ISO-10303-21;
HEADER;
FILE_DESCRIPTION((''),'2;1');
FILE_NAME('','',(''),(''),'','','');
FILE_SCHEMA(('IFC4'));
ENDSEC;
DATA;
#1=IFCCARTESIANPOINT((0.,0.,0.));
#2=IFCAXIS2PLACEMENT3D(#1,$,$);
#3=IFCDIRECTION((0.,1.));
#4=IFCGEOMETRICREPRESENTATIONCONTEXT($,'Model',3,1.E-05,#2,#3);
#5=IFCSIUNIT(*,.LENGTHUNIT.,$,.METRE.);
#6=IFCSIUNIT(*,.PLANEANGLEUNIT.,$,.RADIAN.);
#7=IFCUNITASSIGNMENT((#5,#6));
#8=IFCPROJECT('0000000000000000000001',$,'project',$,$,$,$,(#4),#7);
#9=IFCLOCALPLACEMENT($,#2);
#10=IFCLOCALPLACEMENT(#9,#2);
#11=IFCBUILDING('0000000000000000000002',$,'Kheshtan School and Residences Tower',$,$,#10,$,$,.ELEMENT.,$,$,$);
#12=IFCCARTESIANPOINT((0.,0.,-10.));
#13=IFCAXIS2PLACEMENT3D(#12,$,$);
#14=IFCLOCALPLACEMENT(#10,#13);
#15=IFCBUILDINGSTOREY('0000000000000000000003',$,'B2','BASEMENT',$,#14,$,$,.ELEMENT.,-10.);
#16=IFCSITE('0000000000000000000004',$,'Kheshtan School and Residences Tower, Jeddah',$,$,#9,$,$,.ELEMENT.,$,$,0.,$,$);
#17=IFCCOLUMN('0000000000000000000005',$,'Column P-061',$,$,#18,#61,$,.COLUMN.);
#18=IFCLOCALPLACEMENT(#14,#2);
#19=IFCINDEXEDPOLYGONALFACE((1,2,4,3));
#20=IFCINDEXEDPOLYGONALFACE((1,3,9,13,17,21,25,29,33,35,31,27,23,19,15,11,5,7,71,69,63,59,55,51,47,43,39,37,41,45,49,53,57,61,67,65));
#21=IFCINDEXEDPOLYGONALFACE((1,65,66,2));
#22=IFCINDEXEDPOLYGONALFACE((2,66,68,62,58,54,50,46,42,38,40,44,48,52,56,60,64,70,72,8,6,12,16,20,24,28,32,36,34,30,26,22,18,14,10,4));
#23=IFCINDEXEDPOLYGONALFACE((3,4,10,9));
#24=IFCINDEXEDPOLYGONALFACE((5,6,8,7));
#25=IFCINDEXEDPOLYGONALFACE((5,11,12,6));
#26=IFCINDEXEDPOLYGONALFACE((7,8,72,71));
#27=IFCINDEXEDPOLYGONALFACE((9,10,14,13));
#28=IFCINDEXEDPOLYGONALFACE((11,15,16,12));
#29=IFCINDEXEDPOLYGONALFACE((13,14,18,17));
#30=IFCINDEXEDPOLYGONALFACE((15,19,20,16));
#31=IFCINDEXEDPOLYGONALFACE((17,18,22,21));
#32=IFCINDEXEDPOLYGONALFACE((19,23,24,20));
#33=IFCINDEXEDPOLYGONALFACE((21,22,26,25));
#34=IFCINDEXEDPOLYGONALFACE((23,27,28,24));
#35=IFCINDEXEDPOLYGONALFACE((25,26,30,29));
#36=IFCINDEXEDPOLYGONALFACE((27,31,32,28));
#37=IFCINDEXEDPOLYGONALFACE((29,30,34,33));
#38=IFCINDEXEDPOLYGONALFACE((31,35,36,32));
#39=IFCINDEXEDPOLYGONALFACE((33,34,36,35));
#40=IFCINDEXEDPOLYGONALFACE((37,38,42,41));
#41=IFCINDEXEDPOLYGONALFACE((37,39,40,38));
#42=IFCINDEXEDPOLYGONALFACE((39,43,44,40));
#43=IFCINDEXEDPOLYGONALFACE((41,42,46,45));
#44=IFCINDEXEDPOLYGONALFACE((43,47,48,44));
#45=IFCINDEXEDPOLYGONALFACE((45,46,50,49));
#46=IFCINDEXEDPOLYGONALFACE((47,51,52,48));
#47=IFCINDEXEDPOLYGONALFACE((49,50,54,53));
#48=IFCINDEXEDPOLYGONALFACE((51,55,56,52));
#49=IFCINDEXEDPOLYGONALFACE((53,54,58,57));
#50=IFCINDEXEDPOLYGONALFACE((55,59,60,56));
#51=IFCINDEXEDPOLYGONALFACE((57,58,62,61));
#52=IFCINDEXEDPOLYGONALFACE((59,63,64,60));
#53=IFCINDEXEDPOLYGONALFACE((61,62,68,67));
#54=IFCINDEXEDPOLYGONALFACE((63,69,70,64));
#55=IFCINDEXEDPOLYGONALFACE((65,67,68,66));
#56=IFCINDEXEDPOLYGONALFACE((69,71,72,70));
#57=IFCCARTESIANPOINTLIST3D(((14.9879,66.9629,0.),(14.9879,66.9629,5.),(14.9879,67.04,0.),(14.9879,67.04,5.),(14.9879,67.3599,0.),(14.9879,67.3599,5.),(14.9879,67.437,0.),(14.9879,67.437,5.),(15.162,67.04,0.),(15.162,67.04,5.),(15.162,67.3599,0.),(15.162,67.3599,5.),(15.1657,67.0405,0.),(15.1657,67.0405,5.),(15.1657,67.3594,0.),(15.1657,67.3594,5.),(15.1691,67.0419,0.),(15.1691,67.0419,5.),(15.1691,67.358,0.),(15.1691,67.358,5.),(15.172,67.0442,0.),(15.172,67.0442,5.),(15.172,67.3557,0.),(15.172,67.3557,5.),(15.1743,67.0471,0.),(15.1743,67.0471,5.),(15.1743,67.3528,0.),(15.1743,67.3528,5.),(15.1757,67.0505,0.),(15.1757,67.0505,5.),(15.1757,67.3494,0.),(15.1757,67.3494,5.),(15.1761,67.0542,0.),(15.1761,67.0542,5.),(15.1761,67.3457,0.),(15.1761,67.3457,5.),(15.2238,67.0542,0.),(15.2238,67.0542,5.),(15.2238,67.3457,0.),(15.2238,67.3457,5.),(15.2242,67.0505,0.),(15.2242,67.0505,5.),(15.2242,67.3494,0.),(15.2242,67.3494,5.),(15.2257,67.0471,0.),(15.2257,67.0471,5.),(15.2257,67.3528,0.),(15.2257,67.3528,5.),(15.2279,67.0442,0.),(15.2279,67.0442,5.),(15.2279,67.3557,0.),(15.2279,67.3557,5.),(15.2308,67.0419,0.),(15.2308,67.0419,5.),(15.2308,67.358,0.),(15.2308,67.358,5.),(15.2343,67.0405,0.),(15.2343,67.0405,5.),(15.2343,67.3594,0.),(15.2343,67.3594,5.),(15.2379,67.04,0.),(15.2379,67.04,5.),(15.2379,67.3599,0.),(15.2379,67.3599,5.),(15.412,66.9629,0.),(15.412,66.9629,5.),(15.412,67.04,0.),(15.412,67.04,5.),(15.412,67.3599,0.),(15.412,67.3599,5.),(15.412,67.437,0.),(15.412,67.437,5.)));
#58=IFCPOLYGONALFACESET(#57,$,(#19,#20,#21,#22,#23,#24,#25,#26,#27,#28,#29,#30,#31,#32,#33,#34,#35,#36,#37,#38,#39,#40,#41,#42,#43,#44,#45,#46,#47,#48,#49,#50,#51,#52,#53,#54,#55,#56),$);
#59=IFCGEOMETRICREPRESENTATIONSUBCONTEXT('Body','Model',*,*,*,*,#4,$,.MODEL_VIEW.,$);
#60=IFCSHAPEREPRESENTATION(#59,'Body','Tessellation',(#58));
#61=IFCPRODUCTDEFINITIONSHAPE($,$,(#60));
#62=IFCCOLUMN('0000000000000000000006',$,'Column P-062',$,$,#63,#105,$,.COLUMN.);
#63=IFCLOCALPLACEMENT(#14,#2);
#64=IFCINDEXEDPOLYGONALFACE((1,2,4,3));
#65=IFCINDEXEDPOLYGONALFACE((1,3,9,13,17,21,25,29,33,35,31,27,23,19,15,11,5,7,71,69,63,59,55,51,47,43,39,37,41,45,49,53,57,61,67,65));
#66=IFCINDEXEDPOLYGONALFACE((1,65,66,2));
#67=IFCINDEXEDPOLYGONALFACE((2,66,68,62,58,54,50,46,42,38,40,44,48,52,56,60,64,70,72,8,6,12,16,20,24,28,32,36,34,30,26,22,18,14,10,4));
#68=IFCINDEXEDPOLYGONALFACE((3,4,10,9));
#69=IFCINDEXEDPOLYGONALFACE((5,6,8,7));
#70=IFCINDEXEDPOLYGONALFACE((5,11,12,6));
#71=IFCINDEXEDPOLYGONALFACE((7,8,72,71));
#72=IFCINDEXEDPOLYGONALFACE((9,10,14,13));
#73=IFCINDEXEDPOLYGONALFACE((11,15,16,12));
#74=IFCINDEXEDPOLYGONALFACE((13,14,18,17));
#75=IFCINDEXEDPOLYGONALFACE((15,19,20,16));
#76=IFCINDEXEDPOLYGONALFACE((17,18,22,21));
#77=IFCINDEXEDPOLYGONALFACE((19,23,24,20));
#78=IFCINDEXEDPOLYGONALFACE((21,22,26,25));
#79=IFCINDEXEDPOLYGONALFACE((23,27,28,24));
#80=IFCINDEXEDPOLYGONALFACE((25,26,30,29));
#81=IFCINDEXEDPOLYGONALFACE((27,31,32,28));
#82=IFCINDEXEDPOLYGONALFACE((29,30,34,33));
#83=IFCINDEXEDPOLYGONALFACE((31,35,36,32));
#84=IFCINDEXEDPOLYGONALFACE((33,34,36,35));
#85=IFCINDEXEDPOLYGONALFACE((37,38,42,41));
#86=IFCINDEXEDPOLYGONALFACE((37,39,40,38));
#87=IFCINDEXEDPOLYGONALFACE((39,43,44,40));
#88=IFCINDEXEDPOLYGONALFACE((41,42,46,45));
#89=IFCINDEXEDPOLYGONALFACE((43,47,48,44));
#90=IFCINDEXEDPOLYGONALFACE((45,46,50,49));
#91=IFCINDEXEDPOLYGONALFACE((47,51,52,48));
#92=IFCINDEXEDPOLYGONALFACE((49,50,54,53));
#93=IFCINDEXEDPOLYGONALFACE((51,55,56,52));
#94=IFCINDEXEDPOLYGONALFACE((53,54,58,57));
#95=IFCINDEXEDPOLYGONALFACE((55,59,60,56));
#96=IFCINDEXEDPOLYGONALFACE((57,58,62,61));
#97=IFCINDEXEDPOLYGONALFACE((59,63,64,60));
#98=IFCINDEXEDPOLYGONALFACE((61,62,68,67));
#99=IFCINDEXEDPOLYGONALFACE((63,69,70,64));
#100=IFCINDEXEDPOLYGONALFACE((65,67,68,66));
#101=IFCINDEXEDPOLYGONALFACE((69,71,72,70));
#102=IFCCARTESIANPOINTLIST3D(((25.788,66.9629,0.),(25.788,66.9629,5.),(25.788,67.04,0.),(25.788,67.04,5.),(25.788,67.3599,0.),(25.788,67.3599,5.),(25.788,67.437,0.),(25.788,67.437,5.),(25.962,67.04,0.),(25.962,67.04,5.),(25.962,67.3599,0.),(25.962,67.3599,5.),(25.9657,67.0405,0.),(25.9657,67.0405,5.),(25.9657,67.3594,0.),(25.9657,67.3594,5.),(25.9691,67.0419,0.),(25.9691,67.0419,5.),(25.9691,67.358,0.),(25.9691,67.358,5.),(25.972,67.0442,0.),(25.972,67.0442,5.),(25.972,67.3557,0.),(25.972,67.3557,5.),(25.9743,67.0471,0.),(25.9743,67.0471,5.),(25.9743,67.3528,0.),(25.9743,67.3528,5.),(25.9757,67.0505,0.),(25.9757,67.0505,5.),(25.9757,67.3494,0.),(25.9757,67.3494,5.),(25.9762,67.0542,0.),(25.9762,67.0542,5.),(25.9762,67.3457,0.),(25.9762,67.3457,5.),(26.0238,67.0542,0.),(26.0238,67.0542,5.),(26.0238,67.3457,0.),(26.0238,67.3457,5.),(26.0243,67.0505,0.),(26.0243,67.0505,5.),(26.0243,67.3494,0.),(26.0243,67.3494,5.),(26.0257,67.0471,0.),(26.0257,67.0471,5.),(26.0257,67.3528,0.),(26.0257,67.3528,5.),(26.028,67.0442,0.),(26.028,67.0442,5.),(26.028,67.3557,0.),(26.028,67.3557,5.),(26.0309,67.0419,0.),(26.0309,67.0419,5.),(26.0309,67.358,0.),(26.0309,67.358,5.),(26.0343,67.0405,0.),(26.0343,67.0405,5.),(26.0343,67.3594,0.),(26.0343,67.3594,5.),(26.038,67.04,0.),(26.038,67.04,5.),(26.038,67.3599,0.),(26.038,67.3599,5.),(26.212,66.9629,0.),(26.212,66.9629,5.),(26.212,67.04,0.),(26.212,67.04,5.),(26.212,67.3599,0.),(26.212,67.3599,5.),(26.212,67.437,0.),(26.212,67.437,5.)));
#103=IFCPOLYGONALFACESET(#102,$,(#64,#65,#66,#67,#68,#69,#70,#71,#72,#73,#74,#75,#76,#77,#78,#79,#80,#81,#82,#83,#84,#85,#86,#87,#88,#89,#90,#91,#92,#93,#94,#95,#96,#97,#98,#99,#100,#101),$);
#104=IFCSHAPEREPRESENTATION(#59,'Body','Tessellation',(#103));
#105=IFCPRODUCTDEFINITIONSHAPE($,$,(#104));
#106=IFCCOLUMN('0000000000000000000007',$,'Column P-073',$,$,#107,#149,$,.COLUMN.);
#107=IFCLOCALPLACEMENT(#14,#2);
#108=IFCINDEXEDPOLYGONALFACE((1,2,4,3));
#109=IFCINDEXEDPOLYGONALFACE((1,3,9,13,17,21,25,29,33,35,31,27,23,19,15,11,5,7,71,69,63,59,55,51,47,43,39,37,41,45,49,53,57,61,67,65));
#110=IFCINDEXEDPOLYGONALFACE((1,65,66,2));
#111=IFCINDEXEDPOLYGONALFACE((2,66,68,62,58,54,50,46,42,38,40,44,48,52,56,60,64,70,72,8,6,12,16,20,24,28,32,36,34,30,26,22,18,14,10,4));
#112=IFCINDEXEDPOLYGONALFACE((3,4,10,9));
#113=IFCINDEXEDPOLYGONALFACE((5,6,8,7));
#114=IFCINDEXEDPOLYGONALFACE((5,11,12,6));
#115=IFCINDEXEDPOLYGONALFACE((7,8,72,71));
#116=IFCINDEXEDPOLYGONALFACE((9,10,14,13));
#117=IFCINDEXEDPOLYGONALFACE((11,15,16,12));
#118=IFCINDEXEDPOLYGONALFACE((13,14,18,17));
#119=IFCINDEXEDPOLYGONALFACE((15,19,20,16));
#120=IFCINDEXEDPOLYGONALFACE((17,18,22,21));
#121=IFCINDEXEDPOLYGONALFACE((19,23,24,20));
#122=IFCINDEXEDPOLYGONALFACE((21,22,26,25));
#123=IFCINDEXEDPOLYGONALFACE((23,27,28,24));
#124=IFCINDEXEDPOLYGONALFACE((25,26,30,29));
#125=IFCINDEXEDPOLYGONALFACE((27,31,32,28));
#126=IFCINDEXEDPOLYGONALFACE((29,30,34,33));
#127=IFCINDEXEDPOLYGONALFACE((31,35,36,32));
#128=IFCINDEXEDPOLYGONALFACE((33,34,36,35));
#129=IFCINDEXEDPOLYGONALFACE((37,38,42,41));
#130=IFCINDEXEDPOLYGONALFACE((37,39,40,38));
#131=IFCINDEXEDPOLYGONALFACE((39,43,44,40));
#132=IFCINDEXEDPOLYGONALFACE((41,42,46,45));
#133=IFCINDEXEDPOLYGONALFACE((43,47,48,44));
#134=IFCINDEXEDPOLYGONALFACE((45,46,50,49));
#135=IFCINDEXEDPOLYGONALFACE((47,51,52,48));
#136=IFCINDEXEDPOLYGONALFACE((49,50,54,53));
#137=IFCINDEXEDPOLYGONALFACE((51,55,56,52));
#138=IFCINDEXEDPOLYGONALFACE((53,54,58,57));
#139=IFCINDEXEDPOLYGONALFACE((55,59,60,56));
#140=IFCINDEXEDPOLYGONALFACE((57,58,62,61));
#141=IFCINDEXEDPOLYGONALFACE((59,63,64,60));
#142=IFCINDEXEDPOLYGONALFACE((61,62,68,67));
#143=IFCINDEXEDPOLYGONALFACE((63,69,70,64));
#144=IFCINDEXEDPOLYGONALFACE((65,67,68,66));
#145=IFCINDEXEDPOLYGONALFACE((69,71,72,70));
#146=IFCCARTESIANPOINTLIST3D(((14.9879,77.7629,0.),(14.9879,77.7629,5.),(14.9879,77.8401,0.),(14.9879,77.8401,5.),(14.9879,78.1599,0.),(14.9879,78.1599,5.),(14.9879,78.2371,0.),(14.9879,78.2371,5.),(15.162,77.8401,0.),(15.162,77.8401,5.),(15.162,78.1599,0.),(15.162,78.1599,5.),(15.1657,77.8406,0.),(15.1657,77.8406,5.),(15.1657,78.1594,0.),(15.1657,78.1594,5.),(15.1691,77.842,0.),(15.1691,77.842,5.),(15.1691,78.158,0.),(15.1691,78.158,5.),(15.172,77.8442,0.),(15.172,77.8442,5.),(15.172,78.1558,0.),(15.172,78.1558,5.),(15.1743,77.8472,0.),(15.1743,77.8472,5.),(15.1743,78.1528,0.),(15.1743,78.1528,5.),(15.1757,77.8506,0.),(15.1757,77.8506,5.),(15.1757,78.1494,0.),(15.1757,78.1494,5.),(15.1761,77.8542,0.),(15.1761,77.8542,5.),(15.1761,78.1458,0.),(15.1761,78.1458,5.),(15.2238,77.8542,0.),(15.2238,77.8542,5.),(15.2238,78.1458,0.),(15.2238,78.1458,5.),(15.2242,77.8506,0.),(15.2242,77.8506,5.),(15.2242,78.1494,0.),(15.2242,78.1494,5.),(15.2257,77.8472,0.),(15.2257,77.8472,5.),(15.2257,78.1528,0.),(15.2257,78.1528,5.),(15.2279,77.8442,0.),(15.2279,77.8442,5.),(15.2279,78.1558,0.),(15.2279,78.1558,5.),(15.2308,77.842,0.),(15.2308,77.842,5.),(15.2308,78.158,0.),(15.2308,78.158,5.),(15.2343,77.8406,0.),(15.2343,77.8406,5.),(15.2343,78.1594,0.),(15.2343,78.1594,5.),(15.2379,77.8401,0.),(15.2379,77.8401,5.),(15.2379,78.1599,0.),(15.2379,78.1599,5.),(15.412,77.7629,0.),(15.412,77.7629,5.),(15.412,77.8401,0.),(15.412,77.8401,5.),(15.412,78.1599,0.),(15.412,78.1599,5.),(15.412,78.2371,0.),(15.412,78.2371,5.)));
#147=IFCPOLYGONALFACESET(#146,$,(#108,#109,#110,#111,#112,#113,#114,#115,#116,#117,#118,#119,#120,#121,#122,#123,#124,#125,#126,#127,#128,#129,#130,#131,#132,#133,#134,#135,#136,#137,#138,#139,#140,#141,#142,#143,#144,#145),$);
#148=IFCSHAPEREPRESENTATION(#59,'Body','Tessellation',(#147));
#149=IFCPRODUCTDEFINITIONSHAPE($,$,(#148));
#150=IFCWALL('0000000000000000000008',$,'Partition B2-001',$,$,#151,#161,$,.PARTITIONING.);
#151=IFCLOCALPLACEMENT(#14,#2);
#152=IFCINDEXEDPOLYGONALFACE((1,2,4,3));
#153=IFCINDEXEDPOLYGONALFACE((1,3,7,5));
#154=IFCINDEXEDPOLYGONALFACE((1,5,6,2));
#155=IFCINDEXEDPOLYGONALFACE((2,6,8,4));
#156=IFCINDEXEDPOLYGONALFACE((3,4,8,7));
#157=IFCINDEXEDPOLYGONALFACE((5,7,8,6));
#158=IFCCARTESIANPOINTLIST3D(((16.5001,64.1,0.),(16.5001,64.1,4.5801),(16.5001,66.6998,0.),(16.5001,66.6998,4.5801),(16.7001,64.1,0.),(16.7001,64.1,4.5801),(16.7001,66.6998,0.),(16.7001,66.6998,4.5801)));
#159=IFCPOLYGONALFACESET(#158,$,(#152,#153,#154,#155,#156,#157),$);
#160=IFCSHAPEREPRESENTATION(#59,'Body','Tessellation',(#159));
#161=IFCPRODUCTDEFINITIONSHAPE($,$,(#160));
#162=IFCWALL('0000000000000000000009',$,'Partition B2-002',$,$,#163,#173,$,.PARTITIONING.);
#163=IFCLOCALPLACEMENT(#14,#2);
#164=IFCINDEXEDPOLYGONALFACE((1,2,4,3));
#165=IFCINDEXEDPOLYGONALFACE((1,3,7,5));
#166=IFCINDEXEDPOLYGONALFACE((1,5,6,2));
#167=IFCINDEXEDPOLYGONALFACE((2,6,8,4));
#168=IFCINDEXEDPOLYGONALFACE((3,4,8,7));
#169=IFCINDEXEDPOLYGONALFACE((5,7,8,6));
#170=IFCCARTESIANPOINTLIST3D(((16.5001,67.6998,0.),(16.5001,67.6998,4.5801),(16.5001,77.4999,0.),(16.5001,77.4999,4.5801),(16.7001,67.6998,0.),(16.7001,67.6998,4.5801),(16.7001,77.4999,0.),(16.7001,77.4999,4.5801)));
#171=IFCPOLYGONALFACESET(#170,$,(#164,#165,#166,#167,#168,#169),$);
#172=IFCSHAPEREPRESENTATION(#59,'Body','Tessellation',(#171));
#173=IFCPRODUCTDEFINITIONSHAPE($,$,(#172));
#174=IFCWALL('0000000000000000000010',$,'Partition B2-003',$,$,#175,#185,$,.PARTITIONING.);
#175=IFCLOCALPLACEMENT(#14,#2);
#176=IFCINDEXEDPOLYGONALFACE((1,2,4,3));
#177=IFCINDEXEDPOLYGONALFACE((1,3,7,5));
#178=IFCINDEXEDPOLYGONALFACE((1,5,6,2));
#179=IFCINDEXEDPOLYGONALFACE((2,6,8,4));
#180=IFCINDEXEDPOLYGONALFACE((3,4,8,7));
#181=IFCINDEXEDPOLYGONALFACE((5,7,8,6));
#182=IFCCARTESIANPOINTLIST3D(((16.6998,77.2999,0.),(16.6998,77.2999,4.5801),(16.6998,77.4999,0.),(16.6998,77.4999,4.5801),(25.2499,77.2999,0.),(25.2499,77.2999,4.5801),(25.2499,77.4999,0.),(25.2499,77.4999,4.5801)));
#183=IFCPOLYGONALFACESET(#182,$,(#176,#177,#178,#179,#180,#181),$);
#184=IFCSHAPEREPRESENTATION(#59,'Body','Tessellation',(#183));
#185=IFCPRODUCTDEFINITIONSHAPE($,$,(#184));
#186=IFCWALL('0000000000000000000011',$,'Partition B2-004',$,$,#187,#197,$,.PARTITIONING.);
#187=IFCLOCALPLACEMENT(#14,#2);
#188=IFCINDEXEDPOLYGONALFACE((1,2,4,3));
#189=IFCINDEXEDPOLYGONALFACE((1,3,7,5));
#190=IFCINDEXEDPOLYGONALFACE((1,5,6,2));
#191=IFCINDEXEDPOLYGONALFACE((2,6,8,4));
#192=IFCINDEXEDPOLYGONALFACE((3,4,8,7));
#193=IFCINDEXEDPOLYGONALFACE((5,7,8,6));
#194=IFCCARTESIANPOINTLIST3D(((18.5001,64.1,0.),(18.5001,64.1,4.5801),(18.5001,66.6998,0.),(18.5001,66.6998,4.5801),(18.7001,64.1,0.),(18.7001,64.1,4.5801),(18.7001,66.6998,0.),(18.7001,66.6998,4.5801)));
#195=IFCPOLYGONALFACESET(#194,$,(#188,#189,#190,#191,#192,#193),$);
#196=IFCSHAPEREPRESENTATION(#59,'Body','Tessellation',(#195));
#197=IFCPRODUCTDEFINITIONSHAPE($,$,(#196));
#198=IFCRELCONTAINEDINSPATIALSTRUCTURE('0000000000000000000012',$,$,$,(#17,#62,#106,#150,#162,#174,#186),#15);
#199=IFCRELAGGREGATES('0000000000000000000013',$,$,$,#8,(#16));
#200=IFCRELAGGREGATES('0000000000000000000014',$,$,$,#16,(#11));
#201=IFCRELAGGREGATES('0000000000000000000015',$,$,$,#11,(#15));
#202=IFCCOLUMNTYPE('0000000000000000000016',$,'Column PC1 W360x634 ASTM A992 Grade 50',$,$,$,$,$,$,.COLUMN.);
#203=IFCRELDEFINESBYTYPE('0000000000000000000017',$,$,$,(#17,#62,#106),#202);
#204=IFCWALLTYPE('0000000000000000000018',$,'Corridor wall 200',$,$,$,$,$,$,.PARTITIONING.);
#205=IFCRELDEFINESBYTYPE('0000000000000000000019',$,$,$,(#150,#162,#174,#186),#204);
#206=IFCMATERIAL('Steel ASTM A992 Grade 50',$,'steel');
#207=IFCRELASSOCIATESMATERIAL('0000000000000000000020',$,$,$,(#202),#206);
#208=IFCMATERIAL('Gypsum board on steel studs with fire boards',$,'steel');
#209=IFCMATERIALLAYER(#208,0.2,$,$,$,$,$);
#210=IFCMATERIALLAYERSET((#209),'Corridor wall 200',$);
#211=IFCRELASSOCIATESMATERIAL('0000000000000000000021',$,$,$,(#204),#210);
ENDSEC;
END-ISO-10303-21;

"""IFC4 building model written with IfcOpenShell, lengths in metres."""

from ifc_helpers import new_model, si_unit, direction, frame, frame_2d, origin, origin_2d, place, context, subcontext, project, spatial, rectangle, i_section, extrude, material, layer, layer_set, material_profile, profile_set, type_object, element, save


model = new_model("IFC4")

# Units and contexts
model_context = context("Model", 3, precision=1e-05, world=origin(), true_north=direction((0.0, 1.0)))
body_context = subcontext(model_context, "Body", "Model", "MODEL_VIEW")
ifc_project = project(units=[si_unit("LENGTHUNIT", "METRE"), si_unit("PLANEANGLEUNIT", "RADIAN")], contexts=[model_context])

# Site, building, storey
site_placement = place(None, origin())
site = spatial("IfcSite", under=ifc_project, at=site_placement, Name="Kheshtan School and Residences Tower, Jeddah", CompositionType="ELEMENT", RefElevation=0.0)
building_placement = place(site_placement, origin())
building = spatial("IfcBuilding", under=site, at=building_placement, Name="Kheshtan School and Residences Tower", CompositionType="ELEMENT")
storey_placement = place(building_placement, frame((0.0, 0.0, -10.0)))
storey = spatial("IfcBuildingStorey", under=building, at=storey_placement, Name="B2", Description="BASEMENT", CompositionType="ELEMENT", Elevation=-10.0)

# Columns
ifc_material_1 = material(Name="Steel ASTM A992 Grade 50", Category="steel")
ifc_material_profile = material_profile(ifc_material_1, i_section(OverallWidth=0.4241, OverallDepth=0.4741, WebThickness=0.0476, FlangeThickness=0.0771, FilletRadius=0.0142, at=origin_2d()), Name="W360x634")
ifc_profile_set = profile_set([ifc_material_profile], Name="Steel ASTM A992 Grade 50")
column_type = type_object("IfcColumnType", Name="Column PC1 W360x634 ASTM A992 Grade 50", PredefinedType="COLUMN", material=ifc_profile_set)
for number, where, z_axis, x_axis, name in (
    (1, (15.2, 67.2, 0.0), (0.0, 0.0, 1.0), (1.0, 0.0, 0.0), "Column P-061"),
    (2, (26.0, 67.2, 0.0), (0.0, 0.0, 1.0), (1.0, 0.0, 0.0), "Column P-062"),
    (3, (15.2, 78.0, 0.0), (0.0, 0.0, 1.0), (1.0, 0.0, 0.0), "Column P-073"),
):
    element("IfcColumn", number, at=place(storey_placement, frame(where, z_axis=z_axis, x_axis=x_axis)), inside=storey, type_object=column_type, Name=name, PredefinedType="COLUMN", context=body_context, shape_type="SweptSolid", body=[
        extrude(i_section(OverallWidth=0.4241, OverallDepth=0.4741, WebThickness=0.0476, FlangeThickness=0.0771, FilletRadius=0.0142, at=origin_2d()), origin(), (0.0, 0.0, 1.0), 5.0),
    ])

# Walls
ifc_material_2 = material(Name="Gypsum board on steel studs with fire boards", Category="steel")
ifc_layer_1 = layer(ifc_material_2, 0.2)
ifc_layer_set_1 = layer_set([ifc_layer_1], Name="Corridor wall 200")
wall_type_1 = type_object("IfcWallType", Name="Corridor wall 200", PredefinedType="PARTITIONING", material=ifc_layer_set_1)
wall_1_placement = place(storey_placement, frame((16.6001, 64.1001, 0.0), z_axis=(0.0, 0.0, 1.0), x_axis=(0.0, 1.0, 0.0)))
element("IfcWall", 4, at=wall_1_placement, inside=storey, type_object=wall_type_1, Name="Partition B2-001", PredefinedType="PARTITIONING", context=body_context, shape_type="SweptSolid", body=[
    extrude(rectangle(XDim=2.5999, YDim=0.2, at=frame_2d((1.2998, 0.0))), origin(), (0.0, 0.0, 1.0), 4.5801),
])
wall_2_placement = place(storey_placement, frame((16.6001, 67.7, 0.0), z_axis=(0.0, 0.0, 1.0), x_axis=(0.0, 1.0, 0.0)))
element("IfcWall", 5, at=wall_2_placement, inside=storey, type_object=wall_type_1, Name="Partition B2-002", PredefinedType="PARTITIONING", context=body_context, shape_type="SweptSolid", body=[
    extrude(rectangle(XDim=9.8, YDim=0.2, at=frame_2d((4.8999, 0.0))), origin(), (0.0, 0.0, 1.0), 4.5801),
])
wall_3_placement = place(storey_placement, frame((16.7, 77.3999, 0.0), z_axis=(0.0, 0.0, 1.0), x_axis=(1.0, 0.0, 0.0)))
element("IfcWall", 6, at=wall_3_placement, inside=storey, type_object=wall_type_1, Name="Partition B2-003", PredefinedType="PARTITIONING", context=body_context, shape_type="SweptSolid", body=[
    extrude(rectangle(XDim=8.55, YDim=0.2, at=frame_2d((4.2749, 0.0))), origin(), (0.0, 0.0, 1.0), 4.5801),
])
wall_4_placement = place(storey_placement, frame((18.6001, 64.1001, 0.0), z_axis=(0.0, 0.0, 1.0), x_axis=(0.0, 1.0, 0.0)))
element("IfcWall", 7, at=wall_4_placement, inside=storey, type_object=wall_type_1, Name="Partition B2-004", PredefinedType="PARTITIONING", context=body_context, shape_type="SweptSolid", body=[
    extrude(rectangle(XDim=2.5999, YDim=0.2, at=frame_2d((1.2998, 0.0))), origin(), (0.0, 0.0, 1.0), 4.5801),
])

save(model, "model.ifc")
